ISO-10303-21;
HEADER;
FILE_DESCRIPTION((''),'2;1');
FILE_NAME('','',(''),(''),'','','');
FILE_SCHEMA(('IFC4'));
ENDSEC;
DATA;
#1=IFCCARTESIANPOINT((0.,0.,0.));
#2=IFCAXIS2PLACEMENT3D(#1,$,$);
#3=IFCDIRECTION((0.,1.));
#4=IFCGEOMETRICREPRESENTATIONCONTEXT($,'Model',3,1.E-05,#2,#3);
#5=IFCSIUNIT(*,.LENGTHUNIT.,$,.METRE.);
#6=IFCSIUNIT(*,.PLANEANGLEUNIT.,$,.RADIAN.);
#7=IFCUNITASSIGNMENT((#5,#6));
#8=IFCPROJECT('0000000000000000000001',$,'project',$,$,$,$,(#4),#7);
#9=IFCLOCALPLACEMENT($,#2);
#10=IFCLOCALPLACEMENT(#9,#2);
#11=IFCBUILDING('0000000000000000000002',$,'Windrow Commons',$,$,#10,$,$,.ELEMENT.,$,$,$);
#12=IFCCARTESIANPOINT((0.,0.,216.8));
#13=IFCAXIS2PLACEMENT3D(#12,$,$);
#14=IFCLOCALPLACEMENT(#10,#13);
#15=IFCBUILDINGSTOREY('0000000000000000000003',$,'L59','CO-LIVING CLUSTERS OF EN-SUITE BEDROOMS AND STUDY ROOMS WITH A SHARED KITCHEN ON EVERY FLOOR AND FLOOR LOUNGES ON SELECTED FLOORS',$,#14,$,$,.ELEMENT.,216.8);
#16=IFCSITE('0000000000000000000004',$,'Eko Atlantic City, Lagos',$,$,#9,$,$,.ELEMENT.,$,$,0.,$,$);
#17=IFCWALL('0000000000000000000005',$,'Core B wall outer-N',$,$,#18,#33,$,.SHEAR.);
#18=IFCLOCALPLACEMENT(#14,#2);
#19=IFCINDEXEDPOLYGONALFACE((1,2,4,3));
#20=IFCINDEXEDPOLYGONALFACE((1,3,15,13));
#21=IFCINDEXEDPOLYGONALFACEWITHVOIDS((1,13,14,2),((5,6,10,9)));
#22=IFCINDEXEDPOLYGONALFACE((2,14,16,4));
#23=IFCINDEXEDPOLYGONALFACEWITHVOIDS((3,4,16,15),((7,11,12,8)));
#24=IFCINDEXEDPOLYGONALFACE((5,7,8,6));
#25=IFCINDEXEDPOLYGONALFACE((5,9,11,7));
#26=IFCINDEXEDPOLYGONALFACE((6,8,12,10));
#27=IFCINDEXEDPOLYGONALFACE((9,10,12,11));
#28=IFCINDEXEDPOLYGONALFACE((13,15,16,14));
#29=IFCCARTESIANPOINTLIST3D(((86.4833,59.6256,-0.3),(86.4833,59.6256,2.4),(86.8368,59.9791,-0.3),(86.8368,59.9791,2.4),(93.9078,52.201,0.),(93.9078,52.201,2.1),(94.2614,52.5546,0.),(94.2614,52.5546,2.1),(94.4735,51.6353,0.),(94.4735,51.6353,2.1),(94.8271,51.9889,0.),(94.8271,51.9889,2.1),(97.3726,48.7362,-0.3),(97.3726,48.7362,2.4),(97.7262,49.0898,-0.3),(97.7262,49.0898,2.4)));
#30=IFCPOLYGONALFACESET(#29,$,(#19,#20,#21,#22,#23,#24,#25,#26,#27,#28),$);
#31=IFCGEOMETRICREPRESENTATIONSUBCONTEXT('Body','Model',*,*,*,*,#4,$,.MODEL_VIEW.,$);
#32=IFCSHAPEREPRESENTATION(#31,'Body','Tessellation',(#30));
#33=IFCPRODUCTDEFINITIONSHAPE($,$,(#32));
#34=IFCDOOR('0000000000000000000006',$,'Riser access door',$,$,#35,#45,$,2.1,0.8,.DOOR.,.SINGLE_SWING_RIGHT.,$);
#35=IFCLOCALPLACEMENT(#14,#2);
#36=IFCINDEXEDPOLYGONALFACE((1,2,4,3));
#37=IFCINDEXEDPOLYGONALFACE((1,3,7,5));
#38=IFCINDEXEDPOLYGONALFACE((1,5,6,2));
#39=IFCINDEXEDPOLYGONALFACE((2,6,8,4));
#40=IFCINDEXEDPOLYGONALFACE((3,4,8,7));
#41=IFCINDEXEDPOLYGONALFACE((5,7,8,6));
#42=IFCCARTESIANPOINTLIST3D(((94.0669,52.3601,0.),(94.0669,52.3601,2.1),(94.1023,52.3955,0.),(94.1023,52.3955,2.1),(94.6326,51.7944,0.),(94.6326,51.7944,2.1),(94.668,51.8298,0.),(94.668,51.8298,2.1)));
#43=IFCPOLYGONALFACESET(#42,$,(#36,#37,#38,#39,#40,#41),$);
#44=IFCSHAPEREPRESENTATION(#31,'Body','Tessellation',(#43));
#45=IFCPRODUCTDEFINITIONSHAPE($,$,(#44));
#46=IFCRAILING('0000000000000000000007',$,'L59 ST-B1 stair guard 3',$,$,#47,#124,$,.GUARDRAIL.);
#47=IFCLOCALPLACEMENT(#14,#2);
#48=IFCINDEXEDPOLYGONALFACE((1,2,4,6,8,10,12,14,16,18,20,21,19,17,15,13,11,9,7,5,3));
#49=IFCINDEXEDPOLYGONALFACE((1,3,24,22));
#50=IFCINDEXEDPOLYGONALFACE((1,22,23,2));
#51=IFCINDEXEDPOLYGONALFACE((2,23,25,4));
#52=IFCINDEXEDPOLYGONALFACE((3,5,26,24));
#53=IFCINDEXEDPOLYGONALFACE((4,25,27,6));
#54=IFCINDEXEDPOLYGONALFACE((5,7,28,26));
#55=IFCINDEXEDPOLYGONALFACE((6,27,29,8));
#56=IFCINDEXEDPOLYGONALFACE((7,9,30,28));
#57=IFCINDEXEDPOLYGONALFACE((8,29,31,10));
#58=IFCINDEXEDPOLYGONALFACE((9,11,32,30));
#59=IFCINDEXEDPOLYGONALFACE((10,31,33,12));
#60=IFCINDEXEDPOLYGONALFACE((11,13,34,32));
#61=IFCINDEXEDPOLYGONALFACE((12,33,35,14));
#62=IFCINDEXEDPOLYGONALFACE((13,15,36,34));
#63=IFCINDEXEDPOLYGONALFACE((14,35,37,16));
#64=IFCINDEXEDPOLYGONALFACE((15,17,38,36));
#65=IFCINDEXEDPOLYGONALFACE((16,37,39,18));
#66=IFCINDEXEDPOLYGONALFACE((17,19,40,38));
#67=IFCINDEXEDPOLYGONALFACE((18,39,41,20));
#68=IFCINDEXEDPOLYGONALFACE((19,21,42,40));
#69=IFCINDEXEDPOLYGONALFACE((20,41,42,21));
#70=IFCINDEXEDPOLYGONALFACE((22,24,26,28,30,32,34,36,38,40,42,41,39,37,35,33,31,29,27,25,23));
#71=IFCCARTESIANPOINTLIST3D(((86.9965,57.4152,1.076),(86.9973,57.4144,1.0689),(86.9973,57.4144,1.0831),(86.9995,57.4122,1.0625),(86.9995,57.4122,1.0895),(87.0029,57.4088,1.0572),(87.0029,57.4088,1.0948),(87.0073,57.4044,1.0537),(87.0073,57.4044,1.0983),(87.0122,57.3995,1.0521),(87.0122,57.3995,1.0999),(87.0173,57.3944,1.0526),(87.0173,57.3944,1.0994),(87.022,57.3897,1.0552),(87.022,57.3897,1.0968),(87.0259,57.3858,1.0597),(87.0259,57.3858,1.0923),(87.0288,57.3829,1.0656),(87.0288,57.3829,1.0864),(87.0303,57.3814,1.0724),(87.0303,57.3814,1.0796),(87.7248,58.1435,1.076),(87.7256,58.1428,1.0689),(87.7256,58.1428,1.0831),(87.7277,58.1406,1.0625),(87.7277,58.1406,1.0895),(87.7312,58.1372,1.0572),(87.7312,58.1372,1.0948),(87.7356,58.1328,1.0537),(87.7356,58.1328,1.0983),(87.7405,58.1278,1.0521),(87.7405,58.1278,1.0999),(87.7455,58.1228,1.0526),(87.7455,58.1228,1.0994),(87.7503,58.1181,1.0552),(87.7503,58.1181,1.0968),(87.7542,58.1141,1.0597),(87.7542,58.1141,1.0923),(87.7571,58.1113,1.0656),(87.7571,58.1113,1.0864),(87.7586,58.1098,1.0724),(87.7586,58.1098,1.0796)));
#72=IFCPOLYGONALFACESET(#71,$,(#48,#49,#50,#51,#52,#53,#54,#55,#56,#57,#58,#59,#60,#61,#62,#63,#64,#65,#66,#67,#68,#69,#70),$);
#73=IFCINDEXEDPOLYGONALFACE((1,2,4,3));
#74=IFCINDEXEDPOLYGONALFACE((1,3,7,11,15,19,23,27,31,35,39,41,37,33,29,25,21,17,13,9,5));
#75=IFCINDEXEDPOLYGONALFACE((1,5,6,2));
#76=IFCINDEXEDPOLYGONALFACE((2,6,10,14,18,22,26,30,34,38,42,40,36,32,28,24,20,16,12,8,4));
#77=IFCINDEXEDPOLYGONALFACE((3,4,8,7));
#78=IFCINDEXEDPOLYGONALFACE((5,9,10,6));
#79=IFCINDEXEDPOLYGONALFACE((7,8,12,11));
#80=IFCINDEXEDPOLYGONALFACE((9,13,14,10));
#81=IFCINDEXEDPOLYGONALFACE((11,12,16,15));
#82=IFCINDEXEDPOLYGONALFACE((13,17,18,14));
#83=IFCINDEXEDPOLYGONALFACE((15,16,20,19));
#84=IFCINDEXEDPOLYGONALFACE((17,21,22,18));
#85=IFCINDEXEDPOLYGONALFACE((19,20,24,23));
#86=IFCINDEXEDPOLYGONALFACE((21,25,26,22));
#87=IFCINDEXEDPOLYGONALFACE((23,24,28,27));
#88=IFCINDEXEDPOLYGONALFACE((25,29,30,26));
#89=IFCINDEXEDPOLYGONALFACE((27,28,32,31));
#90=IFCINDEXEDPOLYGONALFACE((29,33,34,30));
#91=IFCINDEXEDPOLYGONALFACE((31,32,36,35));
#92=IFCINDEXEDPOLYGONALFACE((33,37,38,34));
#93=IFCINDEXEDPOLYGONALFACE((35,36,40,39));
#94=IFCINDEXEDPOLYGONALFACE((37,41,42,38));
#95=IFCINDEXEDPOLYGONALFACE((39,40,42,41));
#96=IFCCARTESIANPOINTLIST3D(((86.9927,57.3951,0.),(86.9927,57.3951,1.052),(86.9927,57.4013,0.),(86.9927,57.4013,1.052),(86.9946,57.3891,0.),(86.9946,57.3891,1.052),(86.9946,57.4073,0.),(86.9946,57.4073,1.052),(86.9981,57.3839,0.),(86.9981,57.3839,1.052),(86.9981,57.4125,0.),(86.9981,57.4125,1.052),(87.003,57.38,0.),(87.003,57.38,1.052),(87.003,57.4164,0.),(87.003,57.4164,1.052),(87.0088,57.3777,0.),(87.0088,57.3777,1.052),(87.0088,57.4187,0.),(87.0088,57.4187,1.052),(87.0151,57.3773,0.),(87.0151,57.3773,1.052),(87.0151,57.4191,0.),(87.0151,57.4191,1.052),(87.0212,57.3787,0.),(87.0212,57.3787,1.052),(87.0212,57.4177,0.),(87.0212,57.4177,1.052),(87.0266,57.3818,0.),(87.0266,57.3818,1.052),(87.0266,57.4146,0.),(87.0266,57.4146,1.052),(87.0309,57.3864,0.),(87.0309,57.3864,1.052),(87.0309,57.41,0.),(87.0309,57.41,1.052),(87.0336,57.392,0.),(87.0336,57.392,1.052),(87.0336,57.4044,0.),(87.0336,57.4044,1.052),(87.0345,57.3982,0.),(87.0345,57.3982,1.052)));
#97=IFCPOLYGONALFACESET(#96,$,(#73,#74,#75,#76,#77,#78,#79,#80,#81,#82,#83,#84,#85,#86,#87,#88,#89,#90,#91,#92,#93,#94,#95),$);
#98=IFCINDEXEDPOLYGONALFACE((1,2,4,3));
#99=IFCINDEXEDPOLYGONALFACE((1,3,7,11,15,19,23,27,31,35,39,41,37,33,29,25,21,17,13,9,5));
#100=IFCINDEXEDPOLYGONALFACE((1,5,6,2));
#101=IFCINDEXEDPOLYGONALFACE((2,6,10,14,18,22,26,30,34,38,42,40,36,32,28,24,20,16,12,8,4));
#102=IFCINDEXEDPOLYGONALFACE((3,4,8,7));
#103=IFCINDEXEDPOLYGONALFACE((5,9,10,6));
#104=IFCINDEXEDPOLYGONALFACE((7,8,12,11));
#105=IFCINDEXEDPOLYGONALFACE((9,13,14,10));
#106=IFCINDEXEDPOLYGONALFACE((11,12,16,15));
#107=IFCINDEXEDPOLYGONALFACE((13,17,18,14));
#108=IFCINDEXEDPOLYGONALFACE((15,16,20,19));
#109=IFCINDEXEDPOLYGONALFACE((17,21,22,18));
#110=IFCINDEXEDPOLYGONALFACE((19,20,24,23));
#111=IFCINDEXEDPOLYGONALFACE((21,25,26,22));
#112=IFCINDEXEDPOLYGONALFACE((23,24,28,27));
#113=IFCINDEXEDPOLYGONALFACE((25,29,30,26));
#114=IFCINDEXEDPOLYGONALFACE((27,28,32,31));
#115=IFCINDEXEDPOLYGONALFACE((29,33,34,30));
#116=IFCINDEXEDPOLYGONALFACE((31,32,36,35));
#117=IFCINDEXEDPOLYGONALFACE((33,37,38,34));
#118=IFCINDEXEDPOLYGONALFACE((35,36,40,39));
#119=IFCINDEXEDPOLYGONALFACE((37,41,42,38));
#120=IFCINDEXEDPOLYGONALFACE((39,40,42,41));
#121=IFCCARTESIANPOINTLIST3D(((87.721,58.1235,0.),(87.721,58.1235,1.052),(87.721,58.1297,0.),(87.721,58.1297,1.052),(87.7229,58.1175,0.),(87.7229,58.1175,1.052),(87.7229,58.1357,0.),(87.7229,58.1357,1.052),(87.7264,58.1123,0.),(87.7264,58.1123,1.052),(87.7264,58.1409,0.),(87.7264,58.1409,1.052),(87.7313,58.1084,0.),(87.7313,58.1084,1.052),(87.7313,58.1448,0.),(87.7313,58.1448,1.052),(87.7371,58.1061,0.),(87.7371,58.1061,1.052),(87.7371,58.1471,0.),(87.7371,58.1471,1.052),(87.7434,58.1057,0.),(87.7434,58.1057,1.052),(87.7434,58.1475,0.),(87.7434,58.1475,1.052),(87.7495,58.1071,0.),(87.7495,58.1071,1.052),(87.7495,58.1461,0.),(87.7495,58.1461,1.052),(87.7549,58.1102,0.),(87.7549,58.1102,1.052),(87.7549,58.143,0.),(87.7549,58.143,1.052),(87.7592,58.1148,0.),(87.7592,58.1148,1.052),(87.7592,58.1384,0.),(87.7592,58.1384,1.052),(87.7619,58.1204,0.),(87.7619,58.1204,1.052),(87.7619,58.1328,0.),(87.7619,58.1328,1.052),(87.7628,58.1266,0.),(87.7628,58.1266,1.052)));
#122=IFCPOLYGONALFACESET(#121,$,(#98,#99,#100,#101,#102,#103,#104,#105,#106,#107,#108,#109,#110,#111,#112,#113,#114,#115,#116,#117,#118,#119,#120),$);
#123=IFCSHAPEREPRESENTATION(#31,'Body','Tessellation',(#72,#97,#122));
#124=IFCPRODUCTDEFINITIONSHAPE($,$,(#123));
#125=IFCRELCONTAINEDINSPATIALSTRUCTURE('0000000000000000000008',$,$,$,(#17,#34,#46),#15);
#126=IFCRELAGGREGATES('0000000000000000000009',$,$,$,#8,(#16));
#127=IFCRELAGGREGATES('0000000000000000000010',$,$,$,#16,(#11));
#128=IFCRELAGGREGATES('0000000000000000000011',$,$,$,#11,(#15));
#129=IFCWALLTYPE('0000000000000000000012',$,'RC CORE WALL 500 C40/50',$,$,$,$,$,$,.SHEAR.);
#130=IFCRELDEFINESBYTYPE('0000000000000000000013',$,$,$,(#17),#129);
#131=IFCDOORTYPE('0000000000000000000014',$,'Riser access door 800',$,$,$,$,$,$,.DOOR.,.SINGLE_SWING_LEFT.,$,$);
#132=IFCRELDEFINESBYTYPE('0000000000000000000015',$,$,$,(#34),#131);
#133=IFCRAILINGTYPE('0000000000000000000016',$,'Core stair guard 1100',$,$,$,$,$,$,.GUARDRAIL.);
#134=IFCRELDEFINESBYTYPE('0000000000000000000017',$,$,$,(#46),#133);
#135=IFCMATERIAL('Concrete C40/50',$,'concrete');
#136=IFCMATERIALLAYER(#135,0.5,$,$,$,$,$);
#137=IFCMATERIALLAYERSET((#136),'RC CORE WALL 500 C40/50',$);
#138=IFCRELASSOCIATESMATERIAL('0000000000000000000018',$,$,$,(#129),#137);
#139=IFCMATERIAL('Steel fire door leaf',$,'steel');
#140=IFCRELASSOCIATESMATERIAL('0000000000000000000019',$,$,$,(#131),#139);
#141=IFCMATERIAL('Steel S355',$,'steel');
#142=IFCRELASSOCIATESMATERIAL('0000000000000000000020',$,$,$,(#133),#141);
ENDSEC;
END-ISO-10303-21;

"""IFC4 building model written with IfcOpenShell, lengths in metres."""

from ifc_helpers import new_model, si_unit, direction, frame, frame_2d, origin, origin_2d, place, context, subcontext, project, spatial, rectangle, circle, extrude, material, layer, layer_set, type_object, element, fill, save


model = new_model("IFC4")

# Units and contexts
model_context = context("Model", 3, precision=1e-05, world=origin(), true_north=direction((0.0, 1.0)))
body_context = subcontext(model_context, "Body", "Model", "MODEL_VIEW")
ifc_project = project(units=[si_unit("LENGTHUNIT", "METRE"), si_unit("PLANEANGLEUNIT", "RADIAN")], contexts=[model_context])

# Site, building, storey
site_placement = place(None, origin())
site = spatial("IfcSite", under=ifc_project, at=site_placement, Name="Eko Atlantic City, Lagos", CompositionType="ELEMENT", RefElevation=0.0)
building_placement = place(site_placement, origin())
building = spatial("IfcBuilding", under=site, at=building_placement, Name="Windrow Commons", CompositionType="ELEMENT")
storey_placement = place(building_placement, frame((0.0, 0.0, 216.8)))
storey = spatial("IfcBuildingStorey", under=building, at=storey_placement, Name="L59", Description="CO-LIVING CLUSTERS OF EN-SUITE BEDROOMS AND STUDY ROOMS WITH A SHARED KITCHEN ON EVERY FLOOR AND FLOOR LOUNGES ON SELECTED FLOORS", CompositionType="ELEMENT", Elevation=216.8)

# Wall, opening, door
ifc_material_1 = material(Name="Concrete C40/50", Category="concrete")
ifc_layer_1 = layer(ifc_material_1, 0.5)
ifc_layer_set_1 = layer_set([ifc_layer_1], Name="RC CORE WALL 500 C40/50")
wall_type_1 = type_object("IfcWallType", Name="RC CORE WALL 500 C40/50", PredefinedType="SHEAR", material=ifc_layer_set_1)
wall_1_placement = place(storey_placement, frame((86.66, 59.8024, -0.3), z_axis=(0.0, 0.0, 1.0), x_axis=(0.707107, -0.707107, 0.0)))
wall_1 = element("IfcWall", 1, at=wall_1_placement, inside=storey, type_object=wall_type_1, Name="Core B wall outer-N", PredefinedType="SHEAR", context=body_context, shape_type="SweptSolid", body=[
    extrude(rectangle(XDim=15.3999, YDim=0.5, at=frame_2d((7.7, 0.0))), origin(), (0.0, 0.0, 1.0), 2.7),
])
opening_1_placement = place(wall_1_placement, frame((10.5, 0.0, 0.3)))
opening_1 = element("IfcOpeningElement", 2, at=opening_1_placement, cuts=wall_1, PredefinedType="OPENING", context=body_context, shape_type="SweptSolid", body=[
    extrude(rectangle(XDim=0.8, YDim=2.1, at=frame_2d((0.4, 1.05))), frame((0.0, 0.26, 0.0), z_axis=(0.0, -1.0, 0.0), x_axis=(1.0, 0.0, 0.0)), (0.0, 0.0, 1.0), 0.52),
])
ifc_material_2 = material(Name="Steel fire door leaf", Category="steel")
door_type = type_object("IfcDoorType", Name="Riser access door 800", OperationType="SINGLE_SWING_LEFT", PredefinedType="DOOR", material=ifc_material_2)
door_placement = place(opening_1_placement, origin())
door = element("IfcDoor", 3, at=door_placement, inside=storey, type_object=door_type, Name="Riser access door", OperationType="SINGLE_SWING_RIGHT", OverallHeight=2.1, OverallWidth=0.8, PredefinedType="DOOR", context=body_context, shape_type="SweptSolid", body=[
    extrude(rectangle(XDim=0.8, YDim=2.1, at=frame_2d((0.4, 1.05))), frame((0.0, 0.025, 0.0), z_axis=(0.0, -1.0, 0.0), x_axis=(1.0, 0.0, 0.0)), (0.0, 0.0, 1.0), 0.05),
])
fill(opening_1, door)

# Railing
ifc_material_3 = material(Name="Steel S355", Category="steel")
railing_type = type_object("IfcRailingType", Name="Core stair guard 1100", PredefinedType="GUARDRAIL", material=ifc_material_3)
railing_placement = place(storey_placement, frame((87.0135, 57.3982, 0.0)))
element("IfcRailing", 4, at=railing_placement, inside=storey, type_object=railing_type, Name="L59 ST-B1 stair guard 3", PredefinedType="GUARDRAIL", context=body_context, shape_type="SweptSolid", body=[
    extrude(circle(Radius=0.024, at=origin_2d()), frame((0.0, 0.0, 1.076), z_axis=(0.707058, 0.707155, 0.0), x_axis=(-0.707155, 0.707058, 0.0)), (0.0, 0.0, 1.0), 1.03),
    extrude(circle(Radius=0.021, at=origin_2d()), origin(), (0.0, 0.0, 1.0), 1.052),
    extrude(circle(Radius=0.021, at=origin_2d()), frame((0.7283, 0.7284, 0.0)), (0.0, 0.0, 1.0), 1.052),
])

save(model, "model.ifc")
